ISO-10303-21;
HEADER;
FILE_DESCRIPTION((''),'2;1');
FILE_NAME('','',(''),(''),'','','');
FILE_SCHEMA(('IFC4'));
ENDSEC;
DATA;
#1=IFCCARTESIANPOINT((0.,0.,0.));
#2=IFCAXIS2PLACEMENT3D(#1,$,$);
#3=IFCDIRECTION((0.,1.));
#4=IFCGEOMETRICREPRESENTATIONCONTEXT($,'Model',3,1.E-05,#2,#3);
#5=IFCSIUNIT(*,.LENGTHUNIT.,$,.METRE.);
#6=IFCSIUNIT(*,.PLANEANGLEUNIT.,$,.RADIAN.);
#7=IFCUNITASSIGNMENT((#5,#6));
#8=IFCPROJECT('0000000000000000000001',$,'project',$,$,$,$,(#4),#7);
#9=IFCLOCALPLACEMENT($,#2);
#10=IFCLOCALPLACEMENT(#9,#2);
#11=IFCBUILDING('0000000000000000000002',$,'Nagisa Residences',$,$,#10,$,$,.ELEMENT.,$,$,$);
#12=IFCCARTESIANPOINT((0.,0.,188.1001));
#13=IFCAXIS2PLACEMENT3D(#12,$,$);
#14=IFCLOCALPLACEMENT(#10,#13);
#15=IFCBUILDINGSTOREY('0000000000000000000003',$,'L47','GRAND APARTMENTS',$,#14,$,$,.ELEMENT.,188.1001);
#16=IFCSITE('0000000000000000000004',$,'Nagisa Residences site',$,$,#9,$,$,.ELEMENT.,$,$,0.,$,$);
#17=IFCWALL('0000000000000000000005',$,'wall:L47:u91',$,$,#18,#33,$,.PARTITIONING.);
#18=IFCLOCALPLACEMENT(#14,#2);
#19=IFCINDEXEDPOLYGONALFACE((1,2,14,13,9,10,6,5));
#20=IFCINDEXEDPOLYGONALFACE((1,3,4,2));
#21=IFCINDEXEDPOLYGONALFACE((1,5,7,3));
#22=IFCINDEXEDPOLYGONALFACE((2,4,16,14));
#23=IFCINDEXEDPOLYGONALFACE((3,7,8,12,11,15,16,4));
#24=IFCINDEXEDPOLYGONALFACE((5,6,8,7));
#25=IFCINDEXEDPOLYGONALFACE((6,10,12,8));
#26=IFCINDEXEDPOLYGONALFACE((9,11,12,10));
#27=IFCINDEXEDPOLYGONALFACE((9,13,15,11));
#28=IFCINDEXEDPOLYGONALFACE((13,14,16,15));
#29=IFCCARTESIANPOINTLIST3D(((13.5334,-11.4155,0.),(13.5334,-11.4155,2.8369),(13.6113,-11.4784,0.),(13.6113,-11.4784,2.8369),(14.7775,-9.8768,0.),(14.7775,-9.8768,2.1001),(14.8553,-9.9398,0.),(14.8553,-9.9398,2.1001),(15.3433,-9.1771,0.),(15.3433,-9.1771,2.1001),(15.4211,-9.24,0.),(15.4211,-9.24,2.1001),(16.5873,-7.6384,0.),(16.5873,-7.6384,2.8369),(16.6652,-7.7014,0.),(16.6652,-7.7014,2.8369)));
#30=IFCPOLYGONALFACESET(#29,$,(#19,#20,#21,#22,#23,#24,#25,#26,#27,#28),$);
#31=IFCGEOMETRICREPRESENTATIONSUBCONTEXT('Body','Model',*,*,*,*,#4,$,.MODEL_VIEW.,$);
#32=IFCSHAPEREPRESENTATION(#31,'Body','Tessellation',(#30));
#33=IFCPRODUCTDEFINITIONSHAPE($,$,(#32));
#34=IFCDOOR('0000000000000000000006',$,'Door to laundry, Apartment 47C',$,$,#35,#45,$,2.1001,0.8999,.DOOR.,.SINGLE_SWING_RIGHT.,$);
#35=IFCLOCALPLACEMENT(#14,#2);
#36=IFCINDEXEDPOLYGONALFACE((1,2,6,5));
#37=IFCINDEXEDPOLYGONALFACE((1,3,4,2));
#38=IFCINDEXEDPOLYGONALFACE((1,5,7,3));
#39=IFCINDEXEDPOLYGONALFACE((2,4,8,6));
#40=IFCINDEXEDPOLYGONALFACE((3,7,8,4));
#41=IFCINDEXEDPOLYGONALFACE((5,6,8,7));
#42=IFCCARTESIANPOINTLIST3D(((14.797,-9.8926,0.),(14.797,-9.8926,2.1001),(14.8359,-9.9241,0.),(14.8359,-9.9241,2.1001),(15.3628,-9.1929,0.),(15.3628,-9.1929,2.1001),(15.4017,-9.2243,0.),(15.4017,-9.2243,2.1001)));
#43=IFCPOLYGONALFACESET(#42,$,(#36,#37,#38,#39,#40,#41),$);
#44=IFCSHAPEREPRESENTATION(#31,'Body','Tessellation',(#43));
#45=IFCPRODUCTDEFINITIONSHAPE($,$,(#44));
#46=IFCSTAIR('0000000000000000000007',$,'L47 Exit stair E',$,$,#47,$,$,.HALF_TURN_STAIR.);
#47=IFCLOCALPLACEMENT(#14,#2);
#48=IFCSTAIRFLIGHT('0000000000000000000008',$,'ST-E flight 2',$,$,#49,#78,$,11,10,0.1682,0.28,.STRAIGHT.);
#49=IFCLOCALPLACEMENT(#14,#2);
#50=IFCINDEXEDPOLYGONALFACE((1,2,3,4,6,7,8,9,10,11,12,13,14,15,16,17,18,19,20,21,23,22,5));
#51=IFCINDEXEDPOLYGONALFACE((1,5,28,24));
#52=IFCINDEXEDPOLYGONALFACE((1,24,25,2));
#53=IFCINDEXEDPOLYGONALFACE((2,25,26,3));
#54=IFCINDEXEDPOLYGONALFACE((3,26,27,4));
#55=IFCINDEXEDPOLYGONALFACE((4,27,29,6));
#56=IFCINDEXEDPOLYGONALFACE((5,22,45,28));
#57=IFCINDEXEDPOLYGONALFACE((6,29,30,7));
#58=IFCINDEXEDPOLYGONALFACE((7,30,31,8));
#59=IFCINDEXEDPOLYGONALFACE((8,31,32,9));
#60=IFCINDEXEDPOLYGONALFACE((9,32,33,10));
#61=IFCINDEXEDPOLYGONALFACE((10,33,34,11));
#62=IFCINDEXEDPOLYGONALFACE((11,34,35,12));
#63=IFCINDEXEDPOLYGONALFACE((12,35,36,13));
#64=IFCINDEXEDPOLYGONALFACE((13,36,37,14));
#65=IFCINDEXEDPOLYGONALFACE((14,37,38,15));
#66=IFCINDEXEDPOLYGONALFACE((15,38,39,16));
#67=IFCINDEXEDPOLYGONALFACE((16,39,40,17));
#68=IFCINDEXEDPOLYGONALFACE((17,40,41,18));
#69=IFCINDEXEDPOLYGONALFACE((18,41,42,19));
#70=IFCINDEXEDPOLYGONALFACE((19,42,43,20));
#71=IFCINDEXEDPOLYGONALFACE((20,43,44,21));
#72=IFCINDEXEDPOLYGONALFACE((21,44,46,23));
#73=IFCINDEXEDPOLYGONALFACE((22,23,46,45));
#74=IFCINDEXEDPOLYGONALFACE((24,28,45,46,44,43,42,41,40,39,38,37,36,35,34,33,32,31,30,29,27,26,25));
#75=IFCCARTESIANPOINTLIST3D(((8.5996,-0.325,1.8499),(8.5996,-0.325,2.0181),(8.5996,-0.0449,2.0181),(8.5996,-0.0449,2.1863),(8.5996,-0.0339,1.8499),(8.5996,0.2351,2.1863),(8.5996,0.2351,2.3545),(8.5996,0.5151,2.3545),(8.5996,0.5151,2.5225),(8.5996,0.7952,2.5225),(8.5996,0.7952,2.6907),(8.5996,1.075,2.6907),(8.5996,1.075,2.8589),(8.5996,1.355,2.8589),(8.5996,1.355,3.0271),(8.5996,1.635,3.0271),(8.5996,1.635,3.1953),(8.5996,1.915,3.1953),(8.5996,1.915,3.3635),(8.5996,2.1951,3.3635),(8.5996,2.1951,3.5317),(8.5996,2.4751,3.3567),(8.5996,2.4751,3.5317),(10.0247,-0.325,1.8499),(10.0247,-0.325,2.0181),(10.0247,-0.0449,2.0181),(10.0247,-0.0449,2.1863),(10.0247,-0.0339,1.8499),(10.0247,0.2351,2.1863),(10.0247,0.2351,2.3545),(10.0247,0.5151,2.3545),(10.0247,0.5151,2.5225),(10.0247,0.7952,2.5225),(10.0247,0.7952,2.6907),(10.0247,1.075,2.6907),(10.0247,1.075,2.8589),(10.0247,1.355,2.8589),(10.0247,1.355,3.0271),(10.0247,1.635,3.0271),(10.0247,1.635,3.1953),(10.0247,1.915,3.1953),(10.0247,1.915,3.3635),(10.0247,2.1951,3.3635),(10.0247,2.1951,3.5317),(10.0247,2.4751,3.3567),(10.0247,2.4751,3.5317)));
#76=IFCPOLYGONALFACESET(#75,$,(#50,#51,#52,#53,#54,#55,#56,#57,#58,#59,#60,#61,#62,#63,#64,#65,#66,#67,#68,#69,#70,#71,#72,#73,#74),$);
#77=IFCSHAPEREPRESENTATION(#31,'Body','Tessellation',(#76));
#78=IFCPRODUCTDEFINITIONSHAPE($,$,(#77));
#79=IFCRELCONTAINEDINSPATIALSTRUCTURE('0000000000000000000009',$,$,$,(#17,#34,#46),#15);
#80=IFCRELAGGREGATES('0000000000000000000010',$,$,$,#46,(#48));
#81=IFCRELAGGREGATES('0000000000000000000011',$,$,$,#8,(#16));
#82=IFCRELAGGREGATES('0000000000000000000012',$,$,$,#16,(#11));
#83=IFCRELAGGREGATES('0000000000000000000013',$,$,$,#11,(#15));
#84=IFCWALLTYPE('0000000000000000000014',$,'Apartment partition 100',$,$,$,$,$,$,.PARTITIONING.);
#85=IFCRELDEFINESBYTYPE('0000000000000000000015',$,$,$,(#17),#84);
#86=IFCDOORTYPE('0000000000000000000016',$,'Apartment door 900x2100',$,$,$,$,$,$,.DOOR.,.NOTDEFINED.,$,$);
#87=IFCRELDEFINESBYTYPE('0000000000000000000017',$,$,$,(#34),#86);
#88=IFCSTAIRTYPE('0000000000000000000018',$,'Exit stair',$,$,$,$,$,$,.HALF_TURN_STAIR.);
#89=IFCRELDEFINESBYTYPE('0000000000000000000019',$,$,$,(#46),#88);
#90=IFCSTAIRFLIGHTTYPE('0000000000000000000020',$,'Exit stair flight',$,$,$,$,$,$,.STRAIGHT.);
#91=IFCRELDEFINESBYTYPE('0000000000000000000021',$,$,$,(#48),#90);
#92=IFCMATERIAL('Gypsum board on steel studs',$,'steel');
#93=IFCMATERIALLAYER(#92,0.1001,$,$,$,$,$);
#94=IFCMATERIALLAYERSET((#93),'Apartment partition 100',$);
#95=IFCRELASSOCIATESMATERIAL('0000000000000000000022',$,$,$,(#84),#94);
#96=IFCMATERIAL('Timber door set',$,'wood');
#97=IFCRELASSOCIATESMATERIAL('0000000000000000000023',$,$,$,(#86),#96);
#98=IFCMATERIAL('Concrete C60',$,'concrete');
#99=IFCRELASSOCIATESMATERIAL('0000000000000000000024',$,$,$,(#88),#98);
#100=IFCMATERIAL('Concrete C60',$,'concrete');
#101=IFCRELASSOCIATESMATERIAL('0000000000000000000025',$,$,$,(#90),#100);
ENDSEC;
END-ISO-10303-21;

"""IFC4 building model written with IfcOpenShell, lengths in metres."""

from ifc_helpers import new_model, si_unit, direction, frame, frame_2d, origin, place, context, subcontext, project, spatial, polyline, rectangle, outline, extrude, material, layer, layer_set, type_object, element, fill, aggregate, save


model = new_model("IFC4")

# Units and contexts
model_context = context("Model", 3, precision=1e-05, world=origin(), true_north=direction((0.0, 1.0)))
body_context = subcontext(model_context, "Body", "Model", "MODEL_VIEW")
ifc_project = project(units=[si_unit("LENGTHUNIT", "METRE"), si_unit("PLANEANGLEUNIT", "RADIAN")], contexts=[model_context])

# Site, building, storey
site_placement = place(None, origin())
site = spatial("IfcSite", under=ifc_project, at=site_placement, Name="Nagisa Residences site", CompositionType="ELEMENT", RefElevation=0.0)
building_placement = place(site_placement, origin())
building = spatial("IfcBuilding", under=site, at=building_placement, Name="Nagisa Residences", CompositionType="ELEMENT")
storey_placement = place(building_placement, frame((0.0, 0.0, 188.1001)))
storey = spatial("IfcBuildingStorey", under=building, at=storey_placement, Name="L47", Description="GRAND APARTMENTS", CompositionType="ELEMENT", Elevation=188.1001)

# Shared definitions
ifc_material_1 = material(Name="Gypsum board on steel studs", Category="steel")
ifc_layer_1 = layer(ifc_material_1, 0.1001)
ifc_layer_set_1 = layer_set([ifc_layer_1], Name="Apartment partition 100")
wall_type_1 = type_object("IfcWallType", Name="Apartment partition 100", PredefinedType="PARTITIONING", material=ifc_layer_set_1)
ifc_material_2 = material(Name="Timber door set", Category="wood")
door_type = type_object("IfcDoorType", Name="Apartment door 900x2100", OperationType="NOTDEFINED", PredefinedType="DOOR", material=ifc_material_2)

# Wall, opening, door
wall_1_placement = place(storey_placement, frame((13.5723, -11.447, 0.0), z_axis=(0.0, 0.0, 1.0), x_axis=(0.628738, 0.777617, 0.0)))
wall_1 = element("IfcWall", 1, at=wall_1_placement, inside=storey, type_object=wall_type_1, Name="wall:L47:u91", PredefinedType="PARTITIONING", context=body_context, shape_type="SweptSolid", body=[
    extrude(rectangle(XDim=4.8572, YDim=0.1001, at=frame_2d((2.4287, 0.0))), origin(), (0.0, 0.0, 1.0), 2.8369),
])
opening_1_placement = place(wall_1_placement, frame((1.9788, 0.0, 0.0)))
opening_1 = element("IfcOpeningElement", 2, at=opening_1_placement, cuts=wall_1, PredefinedType="OPENING", context=body_context, shape_type="SweptSolid", body=[
    extrude(rectangle(XDim=0.8999, YDim=2.1001, at=frame_2d((0.45, 1.05))), frame((0.0, 0.0601, 0.0), z_axis=(0.0, -1.0, 0.0), x_axis=(1.0, 0.0, 0.0)), (0.0, 0.0, 1.0), 0.1201),
])
door_1_placement = place(opening_1_placement, origin())
door_1 = element("IfcDoor", 3, at=door_1_placement, inside=storey, type_object=door_type, Name="Door to laundry, Apartment 47C", OperationType="SINGLE_SWING_RIGHT", OverallHeight=2.1001, OverallWidth=0.8999, PredefinedType="DOOR", context=body_context, shape_type="SweptSolid", body=[
    extrude(rectangle(XDim=0.8999, YDim=2.1001, at=frame_2d((0.45, 1.05))), frame((0.0, 0.0249, 0.0), z_axis=(0.0, -1.0, 0.0), x_axis=(1.0, 0.0, 0.0)), (0.0, 0.0, 1.0), 0.05),
])
fill(opening_1, door_1)

# Stair, stair flight
ifc_material_3 = material(Name="Concrete C60", Category="concrete")
stair_type = type_object("IfcStairType", Name="Exit stair", PredefinedType="HALF_TURN_STAIR", material=ifc_material_3)
stair_placement = place(storey_placement, origin())
stair = element("IfcStair", 4, at=stair_placement, inside=storey, type_object=stair_type, Name="L47 Exit stair E", PredefinedType="HALF_TURN_STAIR")
ifc_material_4 = material(Name="Concrete C60", Category="concrete")
stair_flight_type = type_object("IfcStairFlightType", Name="Exit stair flight", PredefinedType="STRAIGHT", material=ifc_material_4)
stair_flight_placement = place(storey_placement, frame((9.312, -0.325, 1.8499), z_axis=(0.0, 0.0, 1.0), x_axis=(0.0, 1.0, 0.0)))
stair_flight = element("IfcStairFlight", 5, at=stair_flight_placement, type_object=stair_flight_type, Name="ST-E flight 2", NumberOfRisers=11, NumberOfTreads=10, PredefinedType="STRAIGHT", RiserHeight=0.1682, TreadLength=0.28, context=body_context, shape_type="SweptSolid", body=[
    extrude(outline(polyline([(0.0, 0.0), (0.0, 0.1682), (0.28, 0.1682), (0.28, 0.3364), (0.5601, 0.3364), (0.5601, 0.5046), (0.8401, 0.5046), (0.8401, 0.6726), (1.1201, 0.6726), (1.1201, 0.8408), (1.3999, 0.8408), (1.3999, 1.009), (1.6799, 1.009), (1.6799, 1.1772), (1.96, 1.1772), (1.96, 1.3455), (2.24, 1.3455), (2.24, 1.5137), (2.52, 1.5137), (2.52, 1.6819), (2.8, 1.6819), (2.8, 1.8501), (2.8, 1.5068), (0.291, 0.0), (0.0, 0.0)])), frame((0.0, 0.7124, 0.0), z_axis=(0.0, -1.0, 0.0), x_axis=(1.0, 0.0, 0.0)), (0.0, 0.0, 1.0), 1.425),
])
aggregate(stair, [stair_flight])

save(model, "model.ifc")
